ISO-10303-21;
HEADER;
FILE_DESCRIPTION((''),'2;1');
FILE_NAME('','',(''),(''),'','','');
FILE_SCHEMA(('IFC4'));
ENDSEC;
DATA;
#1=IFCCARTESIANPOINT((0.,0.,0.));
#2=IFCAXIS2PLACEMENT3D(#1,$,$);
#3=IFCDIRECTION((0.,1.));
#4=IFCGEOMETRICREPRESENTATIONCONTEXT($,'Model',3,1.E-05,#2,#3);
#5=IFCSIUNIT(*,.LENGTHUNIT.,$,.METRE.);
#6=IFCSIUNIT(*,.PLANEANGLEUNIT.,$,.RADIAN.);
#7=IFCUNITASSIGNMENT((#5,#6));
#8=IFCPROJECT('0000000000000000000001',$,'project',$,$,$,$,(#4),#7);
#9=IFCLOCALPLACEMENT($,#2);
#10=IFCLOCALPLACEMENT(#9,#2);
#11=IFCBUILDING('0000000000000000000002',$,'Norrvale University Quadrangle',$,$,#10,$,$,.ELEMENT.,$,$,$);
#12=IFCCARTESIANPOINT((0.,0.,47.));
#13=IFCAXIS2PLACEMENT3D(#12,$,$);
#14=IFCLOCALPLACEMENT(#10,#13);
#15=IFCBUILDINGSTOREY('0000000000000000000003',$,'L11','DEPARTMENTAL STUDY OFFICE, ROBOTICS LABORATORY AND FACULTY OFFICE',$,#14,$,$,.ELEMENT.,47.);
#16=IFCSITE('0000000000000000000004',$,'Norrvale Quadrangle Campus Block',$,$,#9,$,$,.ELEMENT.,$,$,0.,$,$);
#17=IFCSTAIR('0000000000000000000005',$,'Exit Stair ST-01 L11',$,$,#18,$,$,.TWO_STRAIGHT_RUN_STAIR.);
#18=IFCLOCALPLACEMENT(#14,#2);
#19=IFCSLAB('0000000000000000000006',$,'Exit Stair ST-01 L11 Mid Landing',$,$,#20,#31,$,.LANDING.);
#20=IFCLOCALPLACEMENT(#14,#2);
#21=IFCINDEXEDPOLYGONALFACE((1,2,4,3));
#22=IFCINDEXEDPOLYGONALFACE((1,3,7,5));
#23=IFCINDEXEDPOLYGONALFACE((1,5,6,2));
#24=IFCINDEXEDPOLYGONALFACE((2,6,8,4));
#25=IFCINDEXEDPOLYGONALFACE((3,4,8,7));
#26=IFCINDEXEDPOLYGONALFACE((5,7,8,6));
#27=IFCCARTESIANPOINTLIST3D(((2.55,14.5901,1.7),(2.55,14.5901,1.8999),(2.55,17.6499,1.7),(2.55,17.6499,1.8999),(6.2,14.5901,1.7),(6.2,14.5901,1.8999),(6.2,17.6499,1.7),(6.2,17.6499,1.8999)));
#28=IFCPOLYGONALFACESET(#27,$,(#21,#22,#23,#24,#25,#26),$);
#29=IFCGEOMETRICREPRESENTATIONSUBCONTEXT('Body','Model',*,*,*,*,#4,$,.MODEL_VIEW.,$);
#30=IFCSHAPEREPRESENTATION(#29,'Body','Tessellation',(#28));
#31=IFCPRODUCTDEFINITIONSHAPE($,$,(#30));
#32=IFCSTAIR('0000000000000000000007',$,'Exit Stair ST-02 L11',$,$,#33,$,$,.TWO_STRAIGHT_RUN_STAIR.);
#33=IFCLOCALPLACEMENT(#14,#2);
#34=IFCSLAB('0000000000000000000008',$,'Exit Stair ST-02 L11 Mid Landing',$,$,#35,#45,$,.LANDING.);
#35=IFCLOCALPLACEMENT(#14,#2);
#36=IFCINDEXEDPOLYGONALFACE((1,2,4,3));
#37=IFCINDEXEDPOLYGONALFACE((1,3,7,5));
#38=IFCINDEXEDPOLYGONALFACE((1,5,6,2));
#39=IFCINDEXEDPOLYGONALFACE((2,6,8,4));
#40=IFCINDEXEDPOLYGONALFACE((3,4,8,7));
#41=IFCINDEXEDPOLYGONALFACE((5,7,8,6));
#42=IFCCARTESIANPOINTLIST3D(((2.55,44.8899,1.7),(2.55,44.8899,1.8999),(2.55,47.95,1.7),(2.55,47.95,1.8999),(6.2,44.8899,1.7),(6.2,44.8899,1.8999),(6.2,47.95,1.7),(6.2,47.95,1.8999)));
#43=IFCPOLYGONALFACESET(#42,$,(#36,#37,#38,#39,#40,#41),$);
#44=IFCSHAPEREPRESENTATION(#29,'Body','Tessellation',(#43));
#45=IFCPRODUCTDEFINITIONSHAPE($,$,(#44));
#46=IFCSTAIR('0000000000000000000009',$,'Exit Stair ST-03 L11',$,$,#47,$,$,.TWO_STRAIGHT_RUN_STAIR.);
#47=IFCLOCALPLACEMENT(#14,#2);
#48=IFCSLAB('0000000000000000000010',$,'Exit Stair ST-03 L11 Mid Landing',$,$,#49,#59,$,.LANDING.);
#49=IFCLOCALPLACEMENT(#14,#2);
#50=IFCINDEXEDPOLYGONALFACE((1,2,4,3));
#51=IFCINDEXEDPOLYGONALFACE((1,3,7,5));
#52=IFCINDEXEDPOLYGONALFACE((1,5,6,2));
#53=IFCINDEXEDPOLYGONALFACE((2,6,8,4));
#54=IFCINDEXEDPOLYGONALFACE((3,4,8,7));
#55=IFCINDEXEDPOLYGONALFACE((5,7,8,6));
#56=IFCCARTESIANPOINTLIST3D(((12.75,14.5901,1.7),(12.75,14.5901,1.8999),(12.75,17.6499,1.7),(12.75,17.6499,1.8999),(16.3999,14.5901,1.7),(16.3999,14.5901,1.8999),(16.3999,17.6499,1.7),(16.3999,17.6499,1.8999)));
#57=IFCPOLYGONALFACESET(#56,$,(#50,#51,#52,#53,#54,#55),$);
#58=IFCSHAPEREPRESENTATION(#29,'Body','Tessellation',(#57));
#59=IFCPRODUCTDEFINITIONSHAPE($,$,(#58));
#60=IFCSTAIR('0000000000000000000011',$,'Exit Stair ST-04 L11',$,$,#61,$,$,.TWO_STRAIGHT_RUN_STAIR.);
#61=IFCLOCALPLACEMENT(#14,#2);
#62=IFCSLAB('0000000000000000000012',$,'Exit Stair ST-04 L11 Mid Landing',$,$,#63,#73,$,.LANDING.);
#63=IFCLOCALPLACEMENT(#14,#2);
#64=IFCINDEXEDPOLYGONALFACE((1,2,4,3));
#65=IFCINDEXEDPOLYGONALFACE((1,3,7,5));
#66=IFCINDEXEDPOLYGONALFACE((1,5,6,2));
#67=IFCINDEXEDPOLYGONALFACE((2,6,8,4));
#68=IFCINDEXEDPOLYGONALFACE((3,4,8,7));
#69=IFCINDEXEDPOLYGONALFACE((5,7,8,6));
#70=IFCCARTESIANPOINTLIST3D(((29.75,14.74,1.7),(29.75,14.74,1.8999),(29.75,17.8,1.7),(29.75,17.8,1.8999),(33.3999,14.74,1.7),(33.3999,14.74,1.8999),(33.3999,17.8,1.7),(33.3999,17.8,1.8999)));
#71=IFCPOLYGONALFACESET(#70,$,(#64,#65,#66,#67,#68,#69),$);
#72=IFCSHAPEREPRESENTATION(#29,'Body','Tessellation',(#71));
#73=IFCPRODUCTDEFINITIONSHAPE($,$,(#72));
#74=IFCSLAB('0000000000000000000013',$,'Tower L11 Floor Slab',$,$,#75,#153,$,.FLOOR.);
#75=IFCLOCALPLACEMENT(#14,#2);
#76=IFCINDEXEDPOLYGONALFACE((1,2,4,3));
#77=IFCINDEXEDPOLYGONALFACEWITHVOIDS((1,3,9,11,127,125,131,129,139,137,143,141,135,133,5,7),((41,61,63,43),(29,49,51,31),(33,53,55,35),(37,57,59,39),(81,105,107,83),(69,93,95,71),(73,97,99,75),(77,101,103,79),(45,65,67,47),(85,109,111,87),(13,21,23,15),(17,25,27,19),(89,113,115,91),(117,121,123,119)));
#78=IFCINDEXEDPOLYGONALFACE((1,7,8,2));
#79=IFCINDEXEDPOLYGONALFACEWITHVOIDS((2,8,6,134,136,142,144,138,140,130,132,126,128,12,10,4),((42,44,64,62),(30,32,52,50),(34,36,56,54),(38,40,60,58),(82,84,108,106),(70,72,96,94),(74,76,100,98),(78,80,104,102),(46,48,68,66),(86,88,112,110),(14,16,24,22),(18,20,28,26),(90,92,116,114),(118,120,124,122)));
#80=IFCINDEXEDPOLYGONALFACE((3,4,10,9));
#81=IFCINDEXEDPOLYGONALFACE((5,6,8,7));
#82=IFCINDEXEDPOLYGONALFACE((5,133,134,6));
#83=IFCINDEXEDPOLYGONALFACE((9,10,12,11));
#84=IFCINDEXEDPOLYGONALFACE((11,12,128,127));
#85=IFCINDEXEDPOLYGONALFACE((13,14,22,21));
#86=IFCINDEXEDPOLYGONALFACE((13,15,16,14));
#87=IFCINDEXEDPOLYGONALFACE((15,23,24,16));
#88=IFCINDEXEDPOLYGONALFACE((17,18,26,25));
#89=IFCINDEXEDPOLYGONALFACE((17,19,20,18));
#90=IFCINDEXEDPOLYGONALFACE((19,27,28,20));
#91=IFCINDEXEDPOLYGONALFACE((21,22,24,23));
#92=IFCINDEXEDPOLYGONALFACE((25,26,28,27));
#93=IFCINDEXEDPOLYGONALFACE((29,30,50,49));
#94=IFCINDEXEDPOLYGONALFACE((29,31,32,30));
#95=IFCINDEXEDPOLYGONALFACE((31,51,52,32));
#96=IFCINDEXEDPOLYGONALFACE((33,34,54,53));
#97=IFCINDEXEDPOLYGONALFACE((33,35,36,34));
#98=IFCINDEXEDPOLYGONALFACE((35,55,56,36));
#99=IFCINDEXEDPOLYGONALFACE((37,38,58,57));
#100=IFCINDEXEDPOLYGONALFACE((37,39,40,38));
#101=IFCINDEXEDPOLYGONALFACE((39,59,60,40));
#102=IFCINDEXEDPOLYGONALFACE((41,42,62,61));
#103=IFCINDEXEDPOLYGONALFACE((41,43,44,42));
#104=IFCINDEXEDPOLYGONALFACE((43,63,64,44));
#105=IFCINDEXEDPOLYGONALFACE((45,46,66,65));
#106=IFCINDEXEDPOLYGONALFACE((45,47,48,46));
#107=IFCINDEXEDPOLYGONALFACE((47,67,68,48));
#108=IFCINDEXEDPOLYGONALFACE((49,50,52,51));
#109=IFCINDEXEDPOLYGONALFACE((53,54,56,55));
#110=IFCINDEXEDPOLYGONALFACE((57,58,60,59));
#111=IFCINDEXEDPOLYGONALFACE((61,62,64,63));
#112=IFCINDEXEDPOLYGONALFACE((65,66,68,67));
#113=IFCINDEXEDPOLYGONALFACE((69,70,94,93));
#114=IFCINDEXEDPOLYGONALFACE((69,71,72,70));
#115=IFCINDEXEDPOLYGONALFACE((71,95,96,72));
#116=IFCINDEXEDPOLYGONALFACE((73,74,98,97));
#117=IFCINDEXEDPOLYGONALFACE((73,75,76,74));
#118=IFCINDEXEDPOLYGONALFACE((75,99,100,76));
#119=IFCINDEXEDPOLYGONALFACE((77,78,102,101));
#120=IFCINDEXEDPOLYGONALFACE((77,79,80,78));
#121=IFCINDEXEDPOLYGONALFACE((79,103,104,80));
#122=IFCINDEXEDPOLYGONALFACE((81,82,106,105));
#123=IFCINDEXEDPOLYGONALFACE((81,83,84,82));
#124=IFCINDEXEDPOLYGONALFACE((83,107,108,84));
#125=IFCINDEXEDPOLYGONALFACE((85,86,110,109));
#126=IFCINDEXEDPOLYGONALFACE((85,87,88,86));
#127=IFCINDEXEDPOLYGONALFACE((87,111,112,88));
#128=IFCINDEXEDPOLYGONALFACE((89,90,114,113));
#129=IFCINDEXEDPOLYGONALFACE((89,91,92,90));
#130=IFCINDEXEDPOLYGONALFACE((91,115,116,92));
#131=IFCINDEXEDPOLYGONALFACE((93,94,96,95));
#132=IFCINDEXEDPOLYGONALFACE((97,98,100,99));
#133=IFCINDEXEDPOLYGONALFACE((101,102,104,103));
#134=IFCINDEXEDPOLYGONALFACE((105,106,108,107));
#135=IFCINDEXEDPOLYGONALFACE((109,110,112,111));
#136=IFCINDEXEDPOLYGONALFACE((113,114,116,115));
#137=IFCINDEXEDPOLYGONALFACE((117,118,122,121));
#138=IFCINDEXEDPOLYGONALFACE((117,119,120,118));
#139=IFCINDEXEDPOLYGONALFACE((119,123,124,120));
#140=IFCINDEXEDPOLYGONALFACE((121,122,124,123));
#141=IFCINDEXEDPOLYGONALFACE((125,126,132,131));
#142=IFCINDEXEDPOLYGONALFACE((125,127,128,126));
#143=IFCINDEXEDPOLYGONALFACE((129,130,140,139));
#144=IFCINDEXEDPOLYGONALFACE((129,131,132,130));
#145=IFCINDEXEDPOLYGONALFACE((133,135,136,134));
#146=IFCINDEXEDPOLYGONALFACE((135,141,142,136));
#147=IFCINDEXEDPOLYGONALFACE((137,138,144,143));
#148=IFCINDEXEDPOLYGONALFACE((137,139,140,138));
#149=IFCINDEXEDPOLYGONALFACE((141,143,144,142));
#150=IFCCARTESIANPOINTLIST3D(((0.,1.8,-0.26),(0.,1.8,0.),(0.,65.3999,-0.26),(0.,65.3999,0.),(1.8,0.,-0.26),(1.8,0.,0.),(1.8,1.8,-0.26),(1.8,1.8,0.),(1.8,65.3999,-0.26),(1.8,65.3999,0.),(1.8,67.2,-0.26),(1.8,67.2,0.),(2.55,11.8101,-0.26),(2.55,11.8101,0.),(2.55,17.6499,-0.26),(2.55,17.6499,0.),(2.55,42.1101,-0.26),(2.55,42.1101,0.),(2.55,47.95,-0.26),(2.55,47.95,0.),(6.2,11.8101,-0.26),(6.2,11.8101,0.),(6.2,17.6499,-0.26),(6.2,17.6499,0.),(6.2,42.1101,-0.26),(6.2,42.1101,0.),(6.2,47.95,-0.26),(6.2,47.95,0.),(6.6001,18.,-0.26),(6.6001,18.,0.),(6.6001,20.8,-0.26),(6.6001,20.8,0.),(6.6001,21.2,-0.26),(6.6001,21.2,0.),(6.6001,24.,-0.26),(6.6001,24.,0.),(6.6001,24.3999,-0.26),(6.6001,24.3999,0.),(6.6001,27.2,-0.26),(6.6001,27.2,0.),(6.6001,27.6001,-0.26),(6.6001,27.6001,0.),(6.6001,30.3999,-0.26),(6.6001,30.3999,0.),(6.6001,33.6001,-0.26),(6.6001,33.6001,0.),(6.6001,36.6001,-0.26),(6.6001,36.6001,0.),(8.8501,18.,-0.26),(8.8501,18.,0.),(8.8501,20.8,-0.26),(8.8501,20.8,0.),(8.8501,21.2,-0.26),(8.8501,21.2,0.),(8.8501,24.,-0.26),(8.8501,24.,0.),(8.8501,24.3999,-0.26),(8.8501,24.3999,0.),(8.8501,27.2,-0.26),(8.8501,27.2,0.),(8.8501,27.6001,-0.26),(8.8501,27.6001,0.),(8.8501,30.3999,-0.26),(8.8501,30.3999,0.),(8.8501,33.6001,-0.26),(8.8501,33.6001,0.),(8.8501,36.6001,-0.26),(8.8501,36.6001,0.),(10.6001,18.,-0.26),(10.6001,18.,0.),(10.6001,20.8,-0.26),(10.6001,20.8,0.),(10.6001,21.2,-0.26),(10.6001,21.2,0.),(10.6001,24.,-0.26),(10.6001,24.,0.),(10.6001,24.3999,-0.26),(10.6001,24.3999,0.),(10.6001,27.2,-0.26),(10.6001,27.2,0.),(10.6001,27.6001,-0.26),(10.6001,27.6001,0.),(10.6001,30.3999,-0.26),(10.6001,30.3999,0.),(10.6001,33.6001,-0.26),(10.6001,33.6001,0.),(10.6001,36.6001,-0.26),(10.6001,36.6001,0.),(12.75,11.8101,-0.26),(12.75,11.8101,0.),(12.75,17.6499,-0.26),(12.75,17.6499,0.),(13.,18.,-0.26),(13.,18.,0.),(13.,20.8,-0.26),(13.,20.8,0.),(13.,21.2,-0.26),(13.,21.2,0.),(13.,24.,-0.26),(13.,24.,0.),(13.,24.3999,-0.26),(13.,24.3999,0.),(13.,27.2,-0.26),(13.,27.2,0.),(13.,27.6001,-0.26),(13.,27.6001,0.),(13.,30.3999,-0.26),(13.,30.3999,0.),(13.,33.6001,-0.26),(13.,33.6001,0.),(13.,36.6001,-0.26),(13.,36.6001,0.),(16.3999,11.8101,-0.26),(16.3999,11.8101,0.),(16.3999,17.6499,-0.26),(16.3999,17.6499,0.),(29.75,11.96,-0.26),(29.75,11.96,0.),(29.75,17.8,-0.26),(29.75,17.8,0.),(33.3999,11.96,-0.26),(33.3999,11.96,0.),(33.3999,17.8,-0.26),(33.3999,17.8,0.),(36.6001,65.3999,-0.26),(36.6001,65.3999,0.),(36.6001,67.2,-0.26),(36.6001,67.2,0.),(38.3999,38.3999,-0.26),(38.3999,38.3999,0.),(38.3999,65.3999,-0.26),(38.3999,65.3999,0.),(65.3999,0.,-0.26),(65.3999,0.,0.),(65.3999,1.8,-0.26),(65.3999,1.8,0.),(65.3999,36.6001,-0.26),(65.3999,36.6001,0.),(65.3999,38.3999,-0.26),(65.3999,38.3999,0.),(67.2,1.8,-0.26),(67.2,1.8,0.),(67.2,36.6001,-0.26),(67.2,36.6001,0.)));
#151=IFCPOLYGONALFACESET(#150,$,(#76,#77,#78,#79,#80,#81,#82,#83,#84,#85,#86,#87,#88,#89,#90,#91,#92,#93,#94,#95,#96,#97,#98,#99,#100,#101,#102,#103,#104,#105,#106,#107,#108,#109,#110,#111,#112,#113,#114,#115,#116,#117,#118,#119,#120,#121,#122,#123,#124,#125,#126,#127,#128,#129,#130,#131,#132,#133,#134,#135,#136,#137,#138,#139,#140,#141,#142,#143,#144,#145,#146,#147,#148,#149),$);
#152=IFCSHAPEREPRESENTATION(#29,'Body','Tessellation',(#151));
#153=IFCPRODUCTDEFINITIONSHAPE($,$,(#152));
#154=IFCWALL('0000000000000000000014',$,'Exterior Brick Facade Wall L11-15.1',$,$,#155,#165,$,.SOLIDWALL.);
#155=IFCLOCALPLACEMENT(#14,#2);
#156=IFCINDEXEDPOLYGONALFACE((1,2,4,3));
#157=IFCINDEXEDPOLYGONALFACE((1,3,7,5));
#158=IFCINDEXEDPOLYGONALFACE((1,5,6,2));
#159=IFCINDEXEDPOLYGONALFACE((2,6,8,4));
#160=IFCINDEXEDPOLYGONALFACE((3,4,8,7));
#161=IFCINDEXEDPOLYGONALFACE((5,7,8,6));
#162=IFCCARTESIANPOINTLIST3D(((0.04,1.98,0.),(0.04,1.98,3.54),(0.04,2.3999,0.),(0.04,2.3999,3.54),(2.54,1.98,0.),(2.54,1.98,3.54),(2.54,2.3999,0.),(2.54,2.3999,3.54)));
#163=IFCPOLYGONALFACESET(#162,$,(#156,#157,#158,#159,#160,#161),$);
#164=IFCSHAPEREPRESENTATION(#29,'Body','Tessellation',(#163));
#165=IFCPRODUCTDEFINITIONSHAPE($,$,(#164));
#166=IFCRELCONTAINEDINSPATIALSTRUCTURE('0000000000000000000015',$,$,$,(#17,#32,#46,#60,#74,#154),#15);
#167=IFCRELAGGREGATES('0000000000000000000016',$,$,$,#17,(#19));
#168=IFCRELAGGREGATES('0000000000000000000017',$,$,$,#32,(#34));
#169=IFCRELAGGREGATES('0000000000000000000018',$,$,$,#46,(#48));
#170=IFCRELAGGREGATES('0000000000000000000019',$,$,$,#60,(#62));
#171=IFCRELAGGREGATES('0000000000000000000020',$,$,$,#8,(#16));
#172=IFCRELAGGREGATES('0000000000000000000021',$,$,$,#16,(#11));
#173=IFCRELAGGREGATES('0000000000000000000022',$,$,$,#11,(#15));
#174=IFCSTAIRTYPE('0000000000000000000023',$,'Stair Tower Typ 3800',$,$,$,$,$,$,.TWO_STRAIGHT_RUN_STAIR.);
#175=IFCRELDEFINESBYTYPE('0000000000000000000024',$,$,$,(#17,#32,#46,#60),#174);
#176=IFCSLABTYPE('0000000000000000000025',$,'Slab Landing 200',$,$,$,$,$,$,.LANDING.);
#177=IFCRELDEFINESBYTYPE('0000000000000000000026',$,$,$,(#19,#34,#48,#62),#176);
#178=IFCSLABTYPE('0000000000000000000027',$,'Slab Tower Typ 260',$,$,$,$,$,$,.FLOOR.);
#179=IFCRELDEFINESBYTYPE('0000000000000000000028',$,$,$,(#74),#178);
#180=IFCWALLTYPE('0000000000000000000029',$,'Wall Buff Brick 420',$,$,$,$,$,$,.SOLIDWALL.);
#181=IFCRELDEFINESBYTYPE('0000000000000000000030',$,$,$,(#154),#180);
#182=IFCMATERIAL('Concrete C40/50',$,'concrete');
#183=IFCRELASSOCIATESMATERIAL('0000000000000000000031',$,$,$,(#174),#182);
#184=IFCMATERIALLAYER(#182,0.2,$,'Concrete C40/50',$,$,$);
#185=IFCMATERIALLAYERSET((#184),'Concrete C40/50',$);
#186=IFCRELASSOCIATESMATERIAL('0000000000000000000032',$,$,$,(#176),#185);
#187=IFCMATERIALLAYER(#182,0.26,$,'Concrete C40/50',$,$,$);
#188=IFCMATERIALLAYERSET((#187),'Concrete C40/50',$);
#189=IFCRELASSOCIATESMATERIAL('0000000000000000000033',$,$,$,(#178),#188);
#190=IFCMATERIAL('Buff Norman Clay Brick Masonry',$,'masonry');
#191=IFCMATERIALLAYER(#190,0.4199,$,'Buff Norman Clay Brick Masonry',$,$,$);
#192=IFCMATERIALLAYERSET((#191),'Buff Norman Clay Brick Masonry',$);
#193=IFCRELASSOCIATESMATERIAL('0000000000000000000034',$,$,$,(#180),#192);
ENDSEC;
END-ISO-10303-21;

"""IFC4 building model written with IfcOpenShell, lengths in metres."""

from ifc_helpers import new_model, si_unit, direction, frame, frame_2d, origin, place, context, subcontext, project, spatial, polyline, rectangle, outline, extrude, material, layer, layer_set, type_object, element, aggregate, save


model = new_model("IFC4")

# Units and contexts
model_context = context("Model", 3, precision=1e-05, world=origin(), true_north=direction((0.0, 1.0)))
body_context = subcontext(model_context, "Body", "Model", "MODEL_VIEW")
ifc_project = project(units=[si_unit("LENGTHUNIT", "METRE"), si_unit("PLANEANGLEUNIT", "RADIAN")], contexts=[model_context])

# Site, building, storey
site_placement = place(None, origin())
site = spatial("IfcSite", under=ifc_project, at=site_placement, Name="Norrvale Quadrangle Campus Block", CompositionType="ELEMENT", RefElevation=0.0)
building_placement = place(site_placement, origin())
building = spatial("IfcBuilding", under=site, at=building_placement, Name="Norrvale University Quadrangle", CompositionType="ELEMENT")
storey_placement = place(building_placement, frame((0.0, 0.0, 47.0)))
storey = spatial("IfcBuildingStorey", under=building, at=storey_placement, Name="L11", Description="DEPARTMENTAL STUDY OFFICE, ROBOTICS LABORATORY AND FACULTY OFFICE", CompositionType="ELEMENT", Elevation=47.0)

# Stairs, slabs
ifc_material_1 = material(Name="Concrete C40/50", Category="concrete")
stair_type = type_object("IfcStairType", Name="Stair Tower Typ 3800", PredefinedType="TWO_STRAIGHT_RUN_STAIR", material=ifc_material_1)
stair_1_placement = place(storey_placement, origin())
stair_1 = element("IfcStair", 1, at=stair_1_placement, inside=storey, type_object=stair_type, Name="Exit Stair ST-01 L11", PredefinedType="TWO_STRAIGHT_RUN_STAIR")
ifc_layer_1 = layer(ifc_material_1, 0.2, Name="Concrete C40/50")
ifc_layer_set_1 = layer_set([ifc_layer_1], Name="Concrete C40/50")
slab_type_1 = type_object("IfcSlabType", Name="Slab Landing 200", PredefinedType="LANDING", material=ifc_layer_set_1)
slab_1_placement = place(storey_placement, frame((0.0, 0.0, 1.7)))
slab_1 = element("IfcSlab", 2, at=slab_1_placement, type_object=slab_type_1, Name="Exit Stair ST-01 L11 Mid Landing", PredefinedType="LANDING", context=body_context, shape_type="SweptSolid", body=[
    extrude(outline(polyline([(2.55, 14.5901), (6.2, 14.5901), (6.2, 17.6499), (2.55, 17.6499), (2.55, 14.5901)])), origin(), (0.0, 0.0, 1.0), 0.2),
])
aggregate(stair_1, [slab_1])
stair_2_placement = place(storey_placement, origin())
stair_2 = element("IfcStair", 3, at=stair_2_placement, inside=storey, type_object=stair_type, Name="Exit Stair ST-02 L11", PredefinedType="TWO_STRAIGHT_RUN_STAIR")
slab_2_placement = place(storey_placement, frame((0.0, 0.0, 1.7)))
slab_2 = element("IfcSlab", 4, at=slab_2_placement, type_object=slab_type_1, Name="Exit Stair ST-02 L11 Mid Landing", PredefinedType="LANDING", context=body_context, shape_type="SweptSolid", body=[
    extrude(outline(polyline([(2.55, 44.8899), (6.2, 44.8899), (6.2, 47.95), (2.55, 47.95), (2.55, 44.8899)])), origin(), (0.0, 0.0, 1.0), 0.2),
])
aggregate(stair_2, [slab_2])
stair_3_placement = place(storey_placement, origin())
stair_3 = element("IfcStair", 5, at=stair_3_placement, inside=storey, type_object=stair_type, Name="Exit Stair ST-03 L11", PredefinedType="TWO_STRAIGHT_RUN_STAIR")
slab_3_placement = place(storey_placement, frame((0.0, 0.0, 1.7)))
slab_3 = element("IfcSlab", 6, at=slab_3_placement, type_object=slab_type_1, Name="Exit Stair ST-03 L11 Mid Landing", PredefinedType="LANDING", context=body_context, shape_type="SweptSolid", body=[
    extrude(outline(polyline([(12.75, 14.5901), (16.3999, 14.5901), (16.3999, 17.6499), (12.75, 17.6499), (12.75, 14.5901)])), origin(), (0.0, 0.0, 1.0), 0.2),
])
aggregate(stair_3, [slab_3])
stair_4_placement = place(storey_placement, origin())
stair_4 = element("IfcStair", 7, at=stair_4_placement, inside=storey, type_object=stair_type, Name="Exit Stair ST-04 L11", PredefinedType="TWO_STRAIGHT_RUN_STAIR")
slab_4_placement = place(storey_placement, frame((0.0, 0.0, 1.7)))
slab_4 = element("IfcSlab", 8, at=slab_4_placement, type_object=slab_type_1, Name="Exit Stair ST-04 L11 Mid Landing", PredefinedType="LANDING", context=body_context, shape_type="SweptSolid", body=[
    extrude(outline(polyline([(29.75, 14.74), (33.3999, 14.74), (33.3999, 17.8), (29.75, 17.8), (29.75, 14.74)])), origin(), (0.0, 0.0, 1.0), 0.2),
])
aggregate(stair_4, [slab_4])

# Slab
ifc_layer_2 = layer(ifc_material_1, 0.26, Name="Concrete C40/50")
ifc_layer_set_2 = layer_set([ifc_layer_2], Name="Concrete C40/50")
slab_type_2 = type_object("IfcSlabType", Name="Slab Tower Typ 260", PredefinedType="FLOOR", material=ifc_layer_set_2)
slab_5_placement = place(storey_placement, frame((0.0, 0.0, -0.26)))
element("IfcSlab", 9, at=slab_5_placement, inside=storey, type_object=slab_type_2, Name="Tower L11 Floor Slab", PredefinedType="FLOOR", context=body_context, shape_type="SweptSolid", body=[
    extrude(outline(polyline([(1.8, 0.0), (65.3999, 0.0), (65.3999, 1.8), (67.2, 1.8), (67.2, 36.6001), (65.3999, 36.6001), (65.3999, 38.3999), (38.3999, 38.3999), (38.3999, 65.3999), (36.6001, 65.3999), (36.6001, 67.2), (1.8, 67.2), (1.8, 65.3999), (0.0, 65.3999), (0.0, 1.8), (1.8, 1.8), (1.8, 0.0)]), holes=[polyline([(2.55, 11.8101), (6.2, 11.8101), (6.2, 17.6499), (2.55, 17.6499), (2.55, 11.8101)]), polyline([(2.55, 42.1101), (6.2, 42.1101), (6.2, 47.95), (2.55, 47.95), (2.55, 42.1101)]), polyline([(12.75, 11.8101), (16.3999, 11.8101), (16.3999, 17.6499), (12.75, 17.6499), (12.75, 11.8101)]), polyline([(29.75, 11.96), (33.3999, 11.96), (33.3999, 17.8), (29.75, 17.8), (29.75, 11.96)]), polyline([(6.6001, 18.0), (8.8501, 18.0), (8.8501, 20.8), (6.6001, 20.8), (6.6001, 18.0)]), polyline([(6.6001, 21.2), (8.8501, 21.2), (8.8501, 24.0), (6.6001, 24.0), (6.6001, 21.2)]), polyline([(6.6001, 24.3999), (8.8501, 24.3999), (8.8501, 27.2), (6.6001, 27.2), (6.6001, 24.3999)]), polyline([(6.6001, 27.6001), (8.8501, 27.6001), (8.8501, 30.3999), (6.6001, 30.3999), (6.6001, 27.6001)]), polyline([(10.6001, 18.0), (13.0, 18.0), (13.0, 20.8), (10.6001, 20.8), (10.6001, 18.0)]), polyline([(10.6001, 21.2), (13.0, 21.2), (13.0, 24.0), (10.6001, 24.0), (10.6001, 21.2)]), polyline([(10.6001, 24.3999), (13.0, 24.3999), (13.0, 27.2), (10.6001, 27.2), (10.6001, 24.3999)]), polyline([(10.6001, 27.6001), (13.0, 27.6001), (13.0, 30.3999), (10.6001, 30.3999), (10.6001, 27.6001)]), polyline([(6.6001, 33.6001), (8.8501, 33.6001), (8.8501, 36.6001), (6.6001, 36.6001), (6.6001, 33.6001)]), polyline([(10.6001, 33.6001), (13.0, 33.6001), (13.0, 36.6001), (10.6001, 36.6001), (10.6001, 33.6001)])]), origin(), (0.0, 0.0, 1.0), 0.26),
])

# Wall
ifc_material_2 = material(Name="Buff Norman Clay Brick Masonry", Category="masonry")
ifc_layer_3 = layer(ifc_material_2, 0.4199, Name="Buff Norman Clay Brick Masonry")
ifc_layer_set_3 = layer_set([ifc_layer_3], Name="Buff Norman Clay Brick Masonry")
wall_type_1 = type_object("IfcWallType", Name="Wall Buff Brick 420", PredefinedType="SOLIDWALL", material=ifc_layer_set_3)
wall_1_placement = place(storey_placement, frame((0.04, 2.1899, 0.0), z_axis=(0.0, 0.0, 1.0), x_axis=(1.0, 0.0, 0.0)))
element("IfcWall", 10, at=wall_1_placement, inside=storey, type_object=wall_type_1, Name="Exterior Brick Facade Wall L11-15.1", PredefinedType="SOLIDWALL", context=body_context, shape_type="SweptSolid", body=[
    extrude(rectangle(XDim=2.5, YDim=0.4199, at=frame_2d((1.25, 0.0))), origin(), (0.0, 0.0, 1.0), 3.54),
])

save(model, "model.ifc")
